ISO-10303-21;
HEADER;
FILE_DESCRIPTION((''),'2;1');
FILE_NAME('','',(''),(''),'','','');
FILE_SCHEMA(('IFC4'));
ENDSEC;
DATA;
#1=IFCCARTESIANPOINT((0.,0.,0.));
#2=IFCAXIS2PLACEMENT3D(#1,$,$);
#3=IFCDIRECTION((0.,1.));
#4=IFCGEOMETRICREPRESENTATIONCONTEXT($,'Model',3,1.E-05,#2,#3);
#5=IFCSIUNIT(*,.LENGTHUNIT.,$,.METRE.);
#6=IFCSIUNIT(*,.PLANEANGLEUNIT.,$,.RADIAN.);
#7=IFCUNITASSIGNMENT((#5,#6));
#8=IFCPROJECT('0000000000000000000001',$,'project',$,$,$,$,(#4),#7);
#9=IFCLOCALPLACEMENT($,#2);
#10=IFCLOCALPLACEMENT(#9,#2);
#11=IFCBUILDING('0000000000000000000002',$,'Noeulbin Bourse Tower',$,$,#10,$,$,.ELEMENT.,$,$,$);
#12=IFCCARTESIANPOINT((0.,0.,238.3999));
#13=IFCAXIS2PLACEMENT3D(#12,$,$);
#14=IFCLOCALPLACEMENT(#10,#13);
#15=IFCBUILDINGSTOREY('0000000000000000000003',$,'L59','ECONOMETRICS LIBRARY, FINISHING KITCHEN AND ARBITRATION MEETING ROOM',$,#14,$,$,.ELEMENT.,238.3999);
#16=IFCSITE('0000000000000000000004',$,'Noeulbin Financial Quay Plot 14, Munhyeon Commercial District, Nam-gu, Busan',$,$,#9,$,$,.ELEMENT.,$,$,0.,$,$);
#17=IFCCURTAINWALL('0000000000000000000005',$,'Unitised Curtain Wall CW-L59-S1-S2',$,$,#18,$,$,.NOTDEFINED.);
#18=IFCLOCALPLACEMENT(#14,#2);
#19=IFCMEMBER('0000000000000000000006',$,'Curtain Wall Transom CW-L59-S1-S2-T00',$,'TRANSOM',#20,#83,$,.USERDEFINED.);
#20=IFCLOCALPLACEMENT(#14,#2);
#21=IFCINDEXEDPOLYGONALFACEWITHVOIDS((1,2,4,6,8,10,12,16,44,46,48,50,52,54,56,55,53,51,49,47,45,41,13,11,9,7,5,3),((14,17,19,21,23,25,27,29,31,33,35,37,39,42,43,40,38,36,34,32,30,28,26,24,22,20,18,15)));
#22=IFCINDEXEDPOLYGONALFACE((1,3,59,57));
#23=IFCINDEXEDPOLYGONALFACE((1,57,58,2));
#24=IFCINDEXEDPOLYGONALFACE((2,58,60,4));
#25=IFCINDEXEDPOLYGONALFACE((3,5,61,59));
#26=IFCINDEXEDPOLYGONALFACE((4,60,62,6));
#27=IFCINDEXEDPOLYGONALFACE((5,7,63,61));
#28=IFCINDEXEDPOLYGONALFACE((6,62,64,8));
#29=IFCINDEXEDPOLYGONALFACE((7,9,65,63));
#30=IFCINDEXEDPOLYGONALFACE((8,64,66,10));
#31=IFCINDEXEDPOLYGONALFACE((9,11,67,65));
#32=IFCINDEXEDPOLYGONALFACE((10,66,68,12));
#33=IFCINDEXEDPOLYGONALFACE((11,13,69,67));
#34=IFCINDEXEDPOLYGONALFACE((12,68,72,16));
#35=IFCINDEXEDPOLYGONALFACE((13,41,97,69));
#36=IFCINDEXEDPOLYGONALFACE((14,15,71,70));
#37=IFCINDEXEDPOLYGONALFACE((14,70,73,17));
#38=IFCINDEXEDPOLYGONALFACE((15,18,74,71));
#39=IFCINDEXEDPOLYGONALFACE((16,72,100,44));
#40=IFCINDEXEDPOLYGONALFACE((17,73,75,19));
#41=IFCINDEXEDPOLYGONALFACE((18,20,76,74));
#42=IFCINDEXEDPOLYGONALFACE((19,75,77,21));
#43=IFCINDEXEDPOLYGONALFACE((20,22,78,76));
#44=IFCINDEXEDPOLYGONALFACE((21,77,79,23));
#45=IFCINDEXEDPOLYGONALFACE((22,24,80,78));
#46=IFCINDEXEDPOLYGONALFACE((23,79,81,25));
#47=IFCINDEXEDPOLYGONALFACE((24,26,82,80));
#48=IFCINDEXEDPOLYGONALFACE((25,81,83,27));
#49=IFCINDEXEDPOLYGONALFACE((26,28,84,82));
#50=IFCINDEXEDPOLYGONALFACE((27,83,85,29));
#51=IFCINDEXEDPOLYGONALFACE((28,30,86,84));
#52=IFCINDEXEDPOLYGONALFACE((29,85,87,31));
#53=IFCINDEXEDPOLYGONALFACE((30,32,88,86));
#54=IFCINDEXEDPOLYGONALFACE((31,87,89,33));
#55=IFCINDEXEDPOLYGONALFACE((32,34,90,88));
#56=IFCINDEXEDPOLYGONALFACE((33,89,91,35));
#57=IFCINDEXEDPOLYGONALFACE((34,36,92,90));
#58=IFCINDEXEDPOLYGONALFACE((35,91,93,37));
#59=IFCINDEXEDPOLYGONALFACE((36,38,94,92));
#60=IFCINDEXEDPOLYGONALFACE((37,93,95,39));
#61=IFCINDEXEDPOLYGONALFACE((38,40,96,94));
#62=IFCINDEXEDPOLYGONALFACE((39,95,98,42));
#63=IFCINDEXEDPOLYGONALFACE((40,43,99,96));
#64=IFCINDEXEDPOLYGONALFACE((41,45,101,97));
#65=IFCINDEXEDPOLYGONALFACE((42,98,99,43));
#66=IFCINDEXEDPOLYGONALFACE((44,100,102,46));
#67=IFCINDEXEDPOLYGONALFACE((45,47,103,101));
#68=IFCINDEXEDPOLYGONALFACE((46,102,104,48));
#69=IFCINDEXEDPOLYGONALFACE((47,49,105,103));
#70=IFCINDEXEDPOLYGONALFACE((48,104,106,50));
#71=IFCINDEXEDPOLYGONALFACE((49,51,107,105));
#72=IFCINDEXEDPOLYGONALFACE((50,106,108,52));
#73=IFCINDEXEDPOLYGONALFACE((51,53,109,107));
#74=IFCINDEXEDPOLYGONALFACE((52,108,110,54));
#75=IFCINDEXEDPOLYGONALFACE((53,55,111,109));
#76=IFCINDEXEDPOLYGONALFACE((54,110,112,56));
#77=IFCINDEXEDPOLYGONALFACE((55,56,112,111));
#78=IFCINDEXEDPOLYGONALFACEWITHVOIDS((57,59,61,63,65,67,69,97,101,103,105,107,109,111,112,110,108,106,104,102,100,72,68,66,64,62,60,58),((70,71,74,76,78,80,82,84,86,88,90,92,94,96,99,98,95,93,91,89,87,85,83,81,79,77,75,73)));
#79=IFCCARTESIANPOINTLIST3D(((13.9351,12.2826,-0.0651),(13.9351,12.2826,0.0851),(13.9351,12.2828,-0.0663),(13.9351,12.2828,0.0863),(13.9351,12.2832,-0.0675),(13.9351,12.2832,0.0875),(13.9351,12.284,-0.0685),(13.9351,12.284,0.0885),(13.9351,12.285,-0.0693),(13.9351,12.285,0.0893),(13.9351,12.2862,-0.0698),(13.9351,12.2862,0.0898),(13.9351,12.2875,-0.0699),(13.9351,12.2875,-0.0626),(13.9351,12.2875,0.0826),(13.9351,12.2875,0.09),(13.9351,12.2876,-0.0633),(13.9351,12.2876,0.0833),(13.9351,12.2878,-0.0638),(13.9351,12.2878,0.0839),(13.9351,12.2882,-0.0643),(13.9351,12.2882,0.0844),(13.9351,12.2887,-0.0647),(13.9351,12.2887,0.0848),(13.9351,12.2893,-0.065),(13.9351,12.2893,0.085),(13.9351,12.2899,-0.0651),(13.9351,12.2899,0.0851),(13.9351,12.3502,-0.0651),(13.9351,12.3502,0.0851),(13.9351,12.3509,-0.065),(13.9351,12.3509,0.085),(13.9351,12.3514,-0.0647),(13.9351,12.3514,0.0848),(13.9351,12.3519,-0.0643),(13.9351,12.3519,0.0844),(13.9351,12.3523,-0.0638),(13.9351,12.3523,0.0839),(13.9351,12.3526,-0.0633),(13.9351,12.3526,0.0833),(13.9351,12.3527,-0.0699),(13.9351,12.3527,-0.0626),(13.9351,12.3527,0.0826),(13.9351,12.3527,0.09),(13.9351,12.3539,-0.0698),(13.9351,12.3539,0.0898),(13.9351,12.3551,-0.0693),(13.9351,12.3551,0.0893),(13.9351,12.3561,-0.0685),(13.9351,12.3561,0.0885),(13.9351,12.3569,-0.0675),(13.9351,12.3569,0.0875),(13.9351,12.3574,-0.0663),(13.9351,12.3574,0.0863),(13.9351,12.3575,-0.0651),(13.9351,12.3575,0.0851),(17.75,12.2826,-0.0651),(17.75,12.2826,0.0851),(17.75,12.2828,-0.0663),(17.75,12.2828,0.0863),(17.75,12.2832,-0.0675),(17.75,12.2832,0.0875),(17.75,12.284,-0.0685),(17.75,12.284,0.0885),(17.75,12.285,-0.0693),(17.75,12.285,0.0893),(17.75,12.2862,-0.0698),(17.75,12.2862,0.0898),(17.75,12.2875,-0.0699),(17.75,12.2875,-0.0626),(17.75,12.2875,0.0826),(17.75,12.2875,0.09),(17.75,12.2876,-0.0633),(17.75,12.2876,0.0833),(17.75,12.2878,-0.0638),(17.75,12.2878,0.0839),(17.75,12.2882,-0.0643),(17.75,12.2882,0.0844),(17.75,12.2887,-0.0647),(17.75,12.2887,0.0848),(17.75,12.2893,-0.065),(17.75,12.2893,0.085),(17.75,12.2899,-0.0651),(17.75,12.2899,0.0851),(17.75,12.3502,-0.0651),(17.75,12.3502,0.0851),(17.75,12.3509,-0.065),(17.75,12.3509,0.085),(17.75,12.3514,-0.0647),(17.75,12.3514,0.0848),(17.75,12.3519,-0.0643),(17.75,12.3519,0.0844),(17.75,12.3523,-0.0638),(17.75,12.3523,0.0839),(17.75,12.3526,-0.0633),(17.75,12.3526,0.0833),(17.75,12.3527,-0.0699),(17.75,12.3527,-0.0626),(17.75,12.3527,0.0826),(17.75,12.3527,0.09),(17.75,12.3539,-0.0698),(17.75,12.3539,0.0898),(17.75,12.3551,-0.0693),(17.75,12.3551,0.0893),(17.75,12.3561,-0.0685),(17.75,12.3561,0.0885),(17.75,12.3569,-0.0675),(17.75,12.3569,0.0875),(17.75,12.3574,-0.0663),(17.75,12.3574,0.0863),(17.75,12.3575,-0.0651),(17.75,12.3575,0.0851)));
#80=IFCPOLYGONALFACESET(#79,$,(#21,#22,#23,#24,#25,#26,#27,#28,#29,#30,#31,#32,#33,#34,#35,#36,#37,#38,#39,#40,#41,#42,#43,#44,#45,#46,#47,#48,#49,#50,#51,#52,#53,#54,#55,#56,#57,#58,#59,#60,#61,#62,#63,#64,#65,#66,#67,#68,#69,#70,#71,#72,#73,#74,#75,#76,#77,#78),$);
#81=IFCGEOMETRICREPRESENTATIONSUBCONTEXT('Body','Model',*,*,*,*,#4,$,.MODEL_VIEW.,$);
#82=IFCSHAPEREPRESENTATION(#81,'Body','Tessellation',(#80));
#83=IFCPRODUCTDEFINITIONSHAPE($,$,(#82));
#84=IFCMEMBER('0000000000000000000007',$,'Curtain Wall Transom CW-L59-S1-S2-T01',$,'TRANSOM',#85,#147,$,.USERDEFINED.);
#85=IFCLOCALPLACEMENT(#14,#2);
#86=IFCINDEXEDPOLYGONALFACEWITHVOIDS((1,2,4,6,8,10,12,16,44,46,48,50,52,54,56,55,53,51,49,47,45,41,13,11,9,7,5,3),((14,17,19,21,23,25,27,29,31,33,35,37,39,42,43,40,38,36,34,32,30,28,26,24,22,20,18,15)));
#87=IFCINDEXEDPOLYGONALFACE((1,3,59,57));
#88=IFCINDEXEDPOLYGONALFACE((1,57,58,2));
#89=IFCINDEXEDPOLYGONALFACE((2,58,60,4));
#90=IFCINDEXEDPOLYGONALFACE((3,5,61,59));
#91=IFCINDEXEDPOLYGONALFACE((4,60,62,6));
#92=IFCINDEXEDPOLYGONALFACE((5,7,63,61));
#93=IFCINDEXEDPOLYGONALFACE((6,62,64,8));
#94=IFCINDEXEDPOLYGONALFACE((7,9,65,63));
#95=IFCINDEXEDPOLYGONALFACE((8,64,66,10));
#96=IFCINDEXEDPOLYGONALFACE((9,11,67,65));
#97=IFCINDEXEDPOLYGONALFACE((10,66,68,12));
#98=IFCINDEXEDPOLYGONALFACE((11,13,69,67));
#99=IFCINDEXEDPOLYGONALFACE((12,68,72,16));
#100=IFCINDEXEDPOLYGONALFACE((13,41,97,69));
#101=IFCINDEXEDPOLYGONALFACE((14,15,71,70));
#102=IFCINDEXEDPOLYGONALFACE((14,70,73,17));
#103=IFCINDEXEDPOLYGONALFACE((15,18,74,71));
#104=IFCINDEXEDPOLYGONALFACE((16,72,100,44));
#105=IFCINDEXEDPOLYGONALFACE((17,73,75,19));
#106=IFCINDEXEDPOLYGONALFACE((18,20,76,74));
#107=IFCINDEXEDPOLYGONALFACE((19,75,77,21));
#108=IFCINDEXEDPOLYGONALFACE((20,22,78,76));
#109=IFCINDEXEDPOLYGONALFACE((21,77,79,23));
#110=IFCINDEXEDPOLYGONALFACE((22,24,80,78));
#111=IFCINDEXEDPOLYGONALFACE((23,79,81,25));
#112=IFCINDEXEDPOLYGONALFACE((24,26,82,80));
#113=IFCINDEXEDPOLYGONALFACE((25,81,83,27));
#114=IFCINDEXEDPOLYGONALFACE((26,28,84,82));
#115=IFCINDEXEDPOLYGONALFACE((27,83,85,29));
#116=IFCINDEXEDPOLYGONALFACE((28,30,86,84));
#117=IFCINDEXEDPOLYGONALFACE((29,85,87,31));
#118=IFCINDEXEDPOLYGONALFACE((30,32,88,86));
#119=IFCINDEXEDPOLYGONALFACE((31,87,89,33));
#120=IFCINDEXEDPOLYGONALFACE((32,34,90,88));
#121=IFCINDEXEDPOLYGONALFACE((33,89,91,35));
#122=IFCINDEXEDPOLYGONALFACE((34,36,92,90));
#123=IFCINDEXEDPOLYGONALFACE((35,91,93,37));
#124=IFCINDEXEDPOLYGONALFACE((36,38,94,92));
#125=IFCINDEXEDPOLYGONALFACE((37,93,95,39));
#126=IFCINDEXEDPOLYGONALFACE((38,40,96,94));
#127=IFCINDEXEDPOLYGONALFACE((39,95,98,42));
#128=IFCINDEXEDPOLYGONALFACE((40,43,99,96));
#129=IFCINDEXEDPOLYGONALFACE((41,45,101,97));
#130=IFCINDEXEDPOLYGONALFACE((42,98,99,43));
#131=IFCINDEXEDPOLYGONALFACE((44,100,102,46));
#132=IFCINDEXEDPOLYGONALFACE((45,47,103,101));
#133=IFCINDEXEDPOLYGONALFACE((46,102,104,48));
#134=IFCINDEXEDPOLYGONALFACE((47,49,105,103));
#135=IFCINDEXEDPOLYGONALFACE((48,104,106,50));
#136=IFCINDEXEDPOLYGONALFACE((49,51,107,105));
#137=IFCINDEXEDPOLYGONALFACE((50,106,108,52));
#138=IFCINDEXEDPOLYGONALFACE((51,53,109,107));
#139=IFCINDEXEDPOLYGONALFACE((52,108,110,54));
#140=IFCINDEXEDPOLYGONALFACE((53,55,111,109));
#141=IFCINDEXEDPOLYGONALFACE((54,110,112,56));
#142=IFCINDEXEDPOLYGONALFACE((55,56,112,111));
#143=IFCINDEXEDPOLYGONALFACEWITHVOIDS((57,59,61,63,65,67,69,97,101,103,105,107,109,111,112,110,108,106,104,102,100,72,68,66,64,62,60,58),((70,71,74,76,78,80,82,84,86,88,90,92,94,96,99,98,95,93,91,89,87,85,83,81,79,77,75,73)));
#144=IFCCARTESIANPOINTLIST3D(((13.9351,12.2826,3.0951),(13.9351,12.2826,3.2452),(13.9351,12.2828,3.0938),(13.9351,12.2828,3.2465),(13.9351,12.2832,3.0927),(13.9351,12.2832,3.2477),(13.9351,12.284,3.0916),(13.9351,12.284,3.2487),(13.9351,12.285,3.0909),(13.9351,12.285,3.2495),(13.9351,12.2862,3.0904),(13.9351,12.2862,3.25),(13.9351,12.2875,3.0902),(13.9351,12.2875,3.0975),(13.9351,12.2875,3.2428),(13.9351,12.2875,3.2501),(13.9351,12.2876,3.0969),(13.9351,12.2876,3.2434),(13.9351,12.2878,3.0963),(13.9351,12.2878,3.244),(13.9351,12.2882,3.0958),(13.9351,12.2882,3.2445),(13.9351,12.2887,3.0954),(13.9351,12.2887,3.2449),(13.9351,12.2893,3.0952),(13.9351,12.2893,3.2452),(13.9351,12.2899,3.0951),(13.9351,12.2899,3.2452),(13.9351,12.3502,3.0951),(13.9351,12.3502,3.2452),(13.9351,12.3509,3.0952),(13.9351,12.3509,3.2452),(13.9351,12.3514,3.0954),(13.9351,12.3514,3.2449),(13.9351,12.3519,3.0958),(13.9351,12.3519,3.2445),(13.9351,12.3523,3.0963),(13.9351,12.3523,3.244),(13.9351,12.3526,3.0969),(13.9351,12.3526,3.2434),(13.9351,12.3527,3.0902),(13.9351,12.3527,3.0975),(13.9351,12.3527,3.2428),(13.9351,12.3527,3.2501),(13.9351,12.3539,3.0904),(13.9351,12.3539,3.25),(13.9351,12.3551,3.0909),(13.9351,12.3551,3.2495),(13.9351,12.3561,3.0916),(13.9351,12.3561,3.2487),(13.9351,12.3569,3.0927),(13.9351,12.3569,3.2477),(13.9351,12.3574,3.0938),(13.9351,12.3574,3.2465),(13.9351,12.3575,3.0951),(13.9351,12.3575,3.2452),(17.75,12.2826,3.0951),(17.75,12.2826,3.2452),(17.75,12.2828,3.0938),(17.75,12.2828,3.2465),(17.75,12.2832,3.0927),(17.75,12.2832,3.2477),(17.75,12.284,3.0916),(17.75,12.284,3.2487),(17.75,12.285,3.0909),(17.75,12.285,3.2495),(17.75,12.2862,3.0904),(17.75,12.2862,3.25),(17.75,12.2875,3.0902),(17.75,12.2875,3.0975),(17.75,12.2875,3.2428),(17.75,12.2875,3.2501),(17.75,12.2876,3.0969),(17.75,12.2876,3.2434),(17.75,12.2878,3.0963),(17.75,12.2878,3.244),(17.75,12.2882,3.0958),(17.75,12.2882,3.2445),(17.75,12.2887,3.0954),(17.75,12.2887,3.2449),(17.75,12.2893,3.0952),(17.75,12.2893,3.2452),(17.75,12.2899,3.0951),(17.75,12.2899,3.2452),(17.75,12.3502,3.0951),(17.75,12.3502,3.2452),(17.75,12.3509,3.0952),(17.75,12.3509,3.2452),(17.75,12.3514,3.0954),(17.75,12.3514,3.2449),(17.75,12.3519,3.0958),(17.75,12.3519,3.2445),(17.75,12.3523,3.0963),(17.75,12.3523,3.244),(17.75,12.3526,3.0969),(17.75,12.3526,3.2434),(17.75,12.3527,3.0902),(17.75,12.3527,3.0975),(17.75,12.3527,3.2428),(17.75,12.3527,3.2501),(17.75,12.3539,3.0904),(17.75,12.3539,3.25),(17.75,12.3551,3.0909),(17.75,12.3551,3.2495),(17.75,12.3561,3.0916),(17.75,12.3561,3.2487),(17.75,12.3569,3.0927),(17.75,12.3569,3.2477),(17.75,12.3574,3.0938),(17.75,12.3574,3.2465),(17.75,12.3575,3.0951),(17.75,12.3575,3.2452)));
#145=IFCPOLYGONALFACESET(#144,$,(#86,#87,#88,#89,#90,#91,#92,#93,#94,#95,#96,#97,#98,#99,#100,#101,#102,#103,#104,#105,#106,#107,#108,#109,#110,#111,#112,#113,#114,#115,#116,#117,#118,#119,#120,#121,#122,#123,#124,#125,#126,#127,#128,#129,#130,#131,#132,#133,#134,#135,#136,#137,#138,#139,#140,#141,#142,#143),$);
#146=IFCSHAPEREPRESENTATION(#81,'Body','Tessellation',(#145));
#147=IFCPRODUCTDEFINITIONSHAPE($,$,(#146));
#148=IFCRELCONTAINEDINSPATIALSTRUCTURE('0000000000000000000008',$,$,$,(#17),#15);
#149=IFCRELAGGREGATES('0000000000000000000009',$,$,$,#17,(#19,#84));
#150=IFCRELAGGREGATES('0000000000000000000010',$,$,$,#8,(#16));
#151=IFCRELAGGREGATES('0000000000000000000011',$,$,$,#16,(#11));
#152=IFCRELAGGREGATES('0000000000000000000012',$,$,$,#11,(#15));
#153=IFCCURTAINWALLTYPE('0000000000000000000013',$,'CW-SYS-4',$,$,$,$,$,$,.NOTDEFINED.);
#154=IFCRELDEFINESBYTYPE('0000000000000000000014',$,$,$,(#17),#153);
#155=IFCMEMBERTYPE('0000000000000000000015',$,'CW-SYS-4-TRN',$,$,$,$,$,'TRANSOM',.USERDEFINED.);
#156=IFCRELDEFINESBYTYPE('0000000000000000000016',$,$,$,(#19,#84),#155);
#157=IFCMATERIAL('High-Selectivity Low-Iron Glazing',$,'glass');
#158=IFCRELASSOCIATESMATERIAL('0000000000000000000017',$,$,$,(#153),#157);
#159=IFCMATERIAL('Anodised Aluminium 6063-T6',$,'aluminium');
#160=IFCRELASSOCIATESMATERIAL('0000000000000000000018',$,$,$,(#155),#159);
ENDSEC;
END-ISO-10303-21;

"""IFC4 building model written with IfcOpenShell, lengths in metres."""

from ifc_helpers import new_model, si_unit, direction, frame, origin, origin_2d, place, context, subcontext, project, spatial, hollow_rectangle, extrude, material, material_profile, profile_set, type_object, element, aggregate, save


model = new_model("IFC4")

# Units and contexts
model_context = context("Model", 3, precision=1e-05, world=origin(), true_north=direction((0.0, 1.0)))
body_context = subcontext(model_context, "Body", "Model", "MODEL_VIEW")
ifc_project = project(units=[si_unit("LENGTHUNIT", "METRE"), si_unit("PLANEANGLEUNIT", "RADIAN")], contexts=[model_context])

# Site, building, storey
site_placement = place(None, origin())
site = spatial("IfcSite", under=ifc_project, at=site_placement, Name="Noeulbin Financial Quay Plot 14, Munhyeon Commercial District, Nam-gu, Busan", CompositionType="ELEMENT", RefElevation=0.0)
building_placement = place(site_placement, origin())
building = spatial("IfcBuilding", under=site, at=building_placement, Name="Noeulbin Bourse Tower", CompositionType="ELEMENT")
storey_placement = place(building_placement, frame((0.0, 0.0, 238.3999)))
storey = spatial("IfcBuildingStorey", under=building, at=storey_placement, Name="L59", Description="ECONOMETRICS LIBRARY, FINISHING KITCHEN AND ARBITRATION MEETING ROOM", CompositionType="ELEMENT", Elevation=238.3999)

# Curtain wall
ifc_material_1 = material(Name="High-Selectivity Low-Iron Glazing", Category="glass")
curtain_wall_type = type_object("IfcCurtainWallType", Name="CW-SYS-4", PredefinedType="NOTDEFINED", material=ifc_material_1)
curtain_wall_1_placement = place(storey_placement, origin())
curtain_wall_1 = element("IfcCurtainWall", 1, at=curtain_wall_1_placement, inside=storey, type_object=curtain_wall_type, Name="Unitised Curtain Wall CW-L59-S1-S2", PredefinedType="NOTDEFINED")
ifc_material_2 = material(Name="Anodised Aluminium 6063-T6", Category="aluminium")

# Members
ifc_material_profile_1 = material_profile(ifc_material_2, hollow_rectangle(XDim=0.075, YDim=0.1599, WallThickness=0.0049, InnerFilletRadius=0.0024, OuterFilletRadius=0.0049, at=origin_2d()), Name="ALU-TRAN-75x160x5", Category="LoadBearing")
ifc_profile_set_1 = profile_set([ifc_material_profile_1], Name="Anodised Aluminium 6063-T6")
member_type_1 = type_object("IfcMemberType", Name="CW-SYS-4-TRN", ElementType="TRANSOM", PredefinedType="USERDEFINED", material=ifc_profile_set_1)
member_1_placement = place(storey_placement, frame((13.9351, 12.3201, 0.01), z_axis=(1.0, 0.0, 0.0), x_axis=(0.0, 1.0, 0.0)))
member_1 = element("IfcMember", 2, at=member_1_placement, type_object=member_type_1, Name="Curtain Wall Transom CW-L59-S1-S2-T00", ObjectType="TRANSOM", PredefinedType="USERDEFINED", context=body_context, shape_type="SweptSolid", body=[
    extrude(hollow_rectangle(XDim=0.075, YDim=0.1599, WallThickness=0.0049, InnerFilletRadius=0.0024, OuterFilletRadius=0.0049, at=origin_2d()), origin(), (0.0, 0.0, 1.0), 3.8149),
])
member_2_placement = place(storey_placement, frame((13.9351, 12.3201, 3.1702), z_axis=(1.0, 0.0, 0.0), x_axis=(0.0, 1.0, 0.0)))
member_2 = element("IfcMember", 3, at=member_2_placement, type_object=member_type_1, Name="Curtain Wall Transom CW-L59-S1-S2-T01", ObjectType="TRANSOM", PredefinedType="USERDEFINED", context=body_context, shape_type="SweptSolid", body=[
    extrude(hollow_rectangle(XDim=0.075, YDim=0.1599, WallThickness=0.0049, InnerFilletRadius=0.0024, OuterFilletRadius=0.0049, at=origin_2d()), origin(), (0.0, 0.0, 1.0), 3.8149),
])

aggregate(curtain_wall_1, [member_1, member_2])

save(model, "model.ifc")
